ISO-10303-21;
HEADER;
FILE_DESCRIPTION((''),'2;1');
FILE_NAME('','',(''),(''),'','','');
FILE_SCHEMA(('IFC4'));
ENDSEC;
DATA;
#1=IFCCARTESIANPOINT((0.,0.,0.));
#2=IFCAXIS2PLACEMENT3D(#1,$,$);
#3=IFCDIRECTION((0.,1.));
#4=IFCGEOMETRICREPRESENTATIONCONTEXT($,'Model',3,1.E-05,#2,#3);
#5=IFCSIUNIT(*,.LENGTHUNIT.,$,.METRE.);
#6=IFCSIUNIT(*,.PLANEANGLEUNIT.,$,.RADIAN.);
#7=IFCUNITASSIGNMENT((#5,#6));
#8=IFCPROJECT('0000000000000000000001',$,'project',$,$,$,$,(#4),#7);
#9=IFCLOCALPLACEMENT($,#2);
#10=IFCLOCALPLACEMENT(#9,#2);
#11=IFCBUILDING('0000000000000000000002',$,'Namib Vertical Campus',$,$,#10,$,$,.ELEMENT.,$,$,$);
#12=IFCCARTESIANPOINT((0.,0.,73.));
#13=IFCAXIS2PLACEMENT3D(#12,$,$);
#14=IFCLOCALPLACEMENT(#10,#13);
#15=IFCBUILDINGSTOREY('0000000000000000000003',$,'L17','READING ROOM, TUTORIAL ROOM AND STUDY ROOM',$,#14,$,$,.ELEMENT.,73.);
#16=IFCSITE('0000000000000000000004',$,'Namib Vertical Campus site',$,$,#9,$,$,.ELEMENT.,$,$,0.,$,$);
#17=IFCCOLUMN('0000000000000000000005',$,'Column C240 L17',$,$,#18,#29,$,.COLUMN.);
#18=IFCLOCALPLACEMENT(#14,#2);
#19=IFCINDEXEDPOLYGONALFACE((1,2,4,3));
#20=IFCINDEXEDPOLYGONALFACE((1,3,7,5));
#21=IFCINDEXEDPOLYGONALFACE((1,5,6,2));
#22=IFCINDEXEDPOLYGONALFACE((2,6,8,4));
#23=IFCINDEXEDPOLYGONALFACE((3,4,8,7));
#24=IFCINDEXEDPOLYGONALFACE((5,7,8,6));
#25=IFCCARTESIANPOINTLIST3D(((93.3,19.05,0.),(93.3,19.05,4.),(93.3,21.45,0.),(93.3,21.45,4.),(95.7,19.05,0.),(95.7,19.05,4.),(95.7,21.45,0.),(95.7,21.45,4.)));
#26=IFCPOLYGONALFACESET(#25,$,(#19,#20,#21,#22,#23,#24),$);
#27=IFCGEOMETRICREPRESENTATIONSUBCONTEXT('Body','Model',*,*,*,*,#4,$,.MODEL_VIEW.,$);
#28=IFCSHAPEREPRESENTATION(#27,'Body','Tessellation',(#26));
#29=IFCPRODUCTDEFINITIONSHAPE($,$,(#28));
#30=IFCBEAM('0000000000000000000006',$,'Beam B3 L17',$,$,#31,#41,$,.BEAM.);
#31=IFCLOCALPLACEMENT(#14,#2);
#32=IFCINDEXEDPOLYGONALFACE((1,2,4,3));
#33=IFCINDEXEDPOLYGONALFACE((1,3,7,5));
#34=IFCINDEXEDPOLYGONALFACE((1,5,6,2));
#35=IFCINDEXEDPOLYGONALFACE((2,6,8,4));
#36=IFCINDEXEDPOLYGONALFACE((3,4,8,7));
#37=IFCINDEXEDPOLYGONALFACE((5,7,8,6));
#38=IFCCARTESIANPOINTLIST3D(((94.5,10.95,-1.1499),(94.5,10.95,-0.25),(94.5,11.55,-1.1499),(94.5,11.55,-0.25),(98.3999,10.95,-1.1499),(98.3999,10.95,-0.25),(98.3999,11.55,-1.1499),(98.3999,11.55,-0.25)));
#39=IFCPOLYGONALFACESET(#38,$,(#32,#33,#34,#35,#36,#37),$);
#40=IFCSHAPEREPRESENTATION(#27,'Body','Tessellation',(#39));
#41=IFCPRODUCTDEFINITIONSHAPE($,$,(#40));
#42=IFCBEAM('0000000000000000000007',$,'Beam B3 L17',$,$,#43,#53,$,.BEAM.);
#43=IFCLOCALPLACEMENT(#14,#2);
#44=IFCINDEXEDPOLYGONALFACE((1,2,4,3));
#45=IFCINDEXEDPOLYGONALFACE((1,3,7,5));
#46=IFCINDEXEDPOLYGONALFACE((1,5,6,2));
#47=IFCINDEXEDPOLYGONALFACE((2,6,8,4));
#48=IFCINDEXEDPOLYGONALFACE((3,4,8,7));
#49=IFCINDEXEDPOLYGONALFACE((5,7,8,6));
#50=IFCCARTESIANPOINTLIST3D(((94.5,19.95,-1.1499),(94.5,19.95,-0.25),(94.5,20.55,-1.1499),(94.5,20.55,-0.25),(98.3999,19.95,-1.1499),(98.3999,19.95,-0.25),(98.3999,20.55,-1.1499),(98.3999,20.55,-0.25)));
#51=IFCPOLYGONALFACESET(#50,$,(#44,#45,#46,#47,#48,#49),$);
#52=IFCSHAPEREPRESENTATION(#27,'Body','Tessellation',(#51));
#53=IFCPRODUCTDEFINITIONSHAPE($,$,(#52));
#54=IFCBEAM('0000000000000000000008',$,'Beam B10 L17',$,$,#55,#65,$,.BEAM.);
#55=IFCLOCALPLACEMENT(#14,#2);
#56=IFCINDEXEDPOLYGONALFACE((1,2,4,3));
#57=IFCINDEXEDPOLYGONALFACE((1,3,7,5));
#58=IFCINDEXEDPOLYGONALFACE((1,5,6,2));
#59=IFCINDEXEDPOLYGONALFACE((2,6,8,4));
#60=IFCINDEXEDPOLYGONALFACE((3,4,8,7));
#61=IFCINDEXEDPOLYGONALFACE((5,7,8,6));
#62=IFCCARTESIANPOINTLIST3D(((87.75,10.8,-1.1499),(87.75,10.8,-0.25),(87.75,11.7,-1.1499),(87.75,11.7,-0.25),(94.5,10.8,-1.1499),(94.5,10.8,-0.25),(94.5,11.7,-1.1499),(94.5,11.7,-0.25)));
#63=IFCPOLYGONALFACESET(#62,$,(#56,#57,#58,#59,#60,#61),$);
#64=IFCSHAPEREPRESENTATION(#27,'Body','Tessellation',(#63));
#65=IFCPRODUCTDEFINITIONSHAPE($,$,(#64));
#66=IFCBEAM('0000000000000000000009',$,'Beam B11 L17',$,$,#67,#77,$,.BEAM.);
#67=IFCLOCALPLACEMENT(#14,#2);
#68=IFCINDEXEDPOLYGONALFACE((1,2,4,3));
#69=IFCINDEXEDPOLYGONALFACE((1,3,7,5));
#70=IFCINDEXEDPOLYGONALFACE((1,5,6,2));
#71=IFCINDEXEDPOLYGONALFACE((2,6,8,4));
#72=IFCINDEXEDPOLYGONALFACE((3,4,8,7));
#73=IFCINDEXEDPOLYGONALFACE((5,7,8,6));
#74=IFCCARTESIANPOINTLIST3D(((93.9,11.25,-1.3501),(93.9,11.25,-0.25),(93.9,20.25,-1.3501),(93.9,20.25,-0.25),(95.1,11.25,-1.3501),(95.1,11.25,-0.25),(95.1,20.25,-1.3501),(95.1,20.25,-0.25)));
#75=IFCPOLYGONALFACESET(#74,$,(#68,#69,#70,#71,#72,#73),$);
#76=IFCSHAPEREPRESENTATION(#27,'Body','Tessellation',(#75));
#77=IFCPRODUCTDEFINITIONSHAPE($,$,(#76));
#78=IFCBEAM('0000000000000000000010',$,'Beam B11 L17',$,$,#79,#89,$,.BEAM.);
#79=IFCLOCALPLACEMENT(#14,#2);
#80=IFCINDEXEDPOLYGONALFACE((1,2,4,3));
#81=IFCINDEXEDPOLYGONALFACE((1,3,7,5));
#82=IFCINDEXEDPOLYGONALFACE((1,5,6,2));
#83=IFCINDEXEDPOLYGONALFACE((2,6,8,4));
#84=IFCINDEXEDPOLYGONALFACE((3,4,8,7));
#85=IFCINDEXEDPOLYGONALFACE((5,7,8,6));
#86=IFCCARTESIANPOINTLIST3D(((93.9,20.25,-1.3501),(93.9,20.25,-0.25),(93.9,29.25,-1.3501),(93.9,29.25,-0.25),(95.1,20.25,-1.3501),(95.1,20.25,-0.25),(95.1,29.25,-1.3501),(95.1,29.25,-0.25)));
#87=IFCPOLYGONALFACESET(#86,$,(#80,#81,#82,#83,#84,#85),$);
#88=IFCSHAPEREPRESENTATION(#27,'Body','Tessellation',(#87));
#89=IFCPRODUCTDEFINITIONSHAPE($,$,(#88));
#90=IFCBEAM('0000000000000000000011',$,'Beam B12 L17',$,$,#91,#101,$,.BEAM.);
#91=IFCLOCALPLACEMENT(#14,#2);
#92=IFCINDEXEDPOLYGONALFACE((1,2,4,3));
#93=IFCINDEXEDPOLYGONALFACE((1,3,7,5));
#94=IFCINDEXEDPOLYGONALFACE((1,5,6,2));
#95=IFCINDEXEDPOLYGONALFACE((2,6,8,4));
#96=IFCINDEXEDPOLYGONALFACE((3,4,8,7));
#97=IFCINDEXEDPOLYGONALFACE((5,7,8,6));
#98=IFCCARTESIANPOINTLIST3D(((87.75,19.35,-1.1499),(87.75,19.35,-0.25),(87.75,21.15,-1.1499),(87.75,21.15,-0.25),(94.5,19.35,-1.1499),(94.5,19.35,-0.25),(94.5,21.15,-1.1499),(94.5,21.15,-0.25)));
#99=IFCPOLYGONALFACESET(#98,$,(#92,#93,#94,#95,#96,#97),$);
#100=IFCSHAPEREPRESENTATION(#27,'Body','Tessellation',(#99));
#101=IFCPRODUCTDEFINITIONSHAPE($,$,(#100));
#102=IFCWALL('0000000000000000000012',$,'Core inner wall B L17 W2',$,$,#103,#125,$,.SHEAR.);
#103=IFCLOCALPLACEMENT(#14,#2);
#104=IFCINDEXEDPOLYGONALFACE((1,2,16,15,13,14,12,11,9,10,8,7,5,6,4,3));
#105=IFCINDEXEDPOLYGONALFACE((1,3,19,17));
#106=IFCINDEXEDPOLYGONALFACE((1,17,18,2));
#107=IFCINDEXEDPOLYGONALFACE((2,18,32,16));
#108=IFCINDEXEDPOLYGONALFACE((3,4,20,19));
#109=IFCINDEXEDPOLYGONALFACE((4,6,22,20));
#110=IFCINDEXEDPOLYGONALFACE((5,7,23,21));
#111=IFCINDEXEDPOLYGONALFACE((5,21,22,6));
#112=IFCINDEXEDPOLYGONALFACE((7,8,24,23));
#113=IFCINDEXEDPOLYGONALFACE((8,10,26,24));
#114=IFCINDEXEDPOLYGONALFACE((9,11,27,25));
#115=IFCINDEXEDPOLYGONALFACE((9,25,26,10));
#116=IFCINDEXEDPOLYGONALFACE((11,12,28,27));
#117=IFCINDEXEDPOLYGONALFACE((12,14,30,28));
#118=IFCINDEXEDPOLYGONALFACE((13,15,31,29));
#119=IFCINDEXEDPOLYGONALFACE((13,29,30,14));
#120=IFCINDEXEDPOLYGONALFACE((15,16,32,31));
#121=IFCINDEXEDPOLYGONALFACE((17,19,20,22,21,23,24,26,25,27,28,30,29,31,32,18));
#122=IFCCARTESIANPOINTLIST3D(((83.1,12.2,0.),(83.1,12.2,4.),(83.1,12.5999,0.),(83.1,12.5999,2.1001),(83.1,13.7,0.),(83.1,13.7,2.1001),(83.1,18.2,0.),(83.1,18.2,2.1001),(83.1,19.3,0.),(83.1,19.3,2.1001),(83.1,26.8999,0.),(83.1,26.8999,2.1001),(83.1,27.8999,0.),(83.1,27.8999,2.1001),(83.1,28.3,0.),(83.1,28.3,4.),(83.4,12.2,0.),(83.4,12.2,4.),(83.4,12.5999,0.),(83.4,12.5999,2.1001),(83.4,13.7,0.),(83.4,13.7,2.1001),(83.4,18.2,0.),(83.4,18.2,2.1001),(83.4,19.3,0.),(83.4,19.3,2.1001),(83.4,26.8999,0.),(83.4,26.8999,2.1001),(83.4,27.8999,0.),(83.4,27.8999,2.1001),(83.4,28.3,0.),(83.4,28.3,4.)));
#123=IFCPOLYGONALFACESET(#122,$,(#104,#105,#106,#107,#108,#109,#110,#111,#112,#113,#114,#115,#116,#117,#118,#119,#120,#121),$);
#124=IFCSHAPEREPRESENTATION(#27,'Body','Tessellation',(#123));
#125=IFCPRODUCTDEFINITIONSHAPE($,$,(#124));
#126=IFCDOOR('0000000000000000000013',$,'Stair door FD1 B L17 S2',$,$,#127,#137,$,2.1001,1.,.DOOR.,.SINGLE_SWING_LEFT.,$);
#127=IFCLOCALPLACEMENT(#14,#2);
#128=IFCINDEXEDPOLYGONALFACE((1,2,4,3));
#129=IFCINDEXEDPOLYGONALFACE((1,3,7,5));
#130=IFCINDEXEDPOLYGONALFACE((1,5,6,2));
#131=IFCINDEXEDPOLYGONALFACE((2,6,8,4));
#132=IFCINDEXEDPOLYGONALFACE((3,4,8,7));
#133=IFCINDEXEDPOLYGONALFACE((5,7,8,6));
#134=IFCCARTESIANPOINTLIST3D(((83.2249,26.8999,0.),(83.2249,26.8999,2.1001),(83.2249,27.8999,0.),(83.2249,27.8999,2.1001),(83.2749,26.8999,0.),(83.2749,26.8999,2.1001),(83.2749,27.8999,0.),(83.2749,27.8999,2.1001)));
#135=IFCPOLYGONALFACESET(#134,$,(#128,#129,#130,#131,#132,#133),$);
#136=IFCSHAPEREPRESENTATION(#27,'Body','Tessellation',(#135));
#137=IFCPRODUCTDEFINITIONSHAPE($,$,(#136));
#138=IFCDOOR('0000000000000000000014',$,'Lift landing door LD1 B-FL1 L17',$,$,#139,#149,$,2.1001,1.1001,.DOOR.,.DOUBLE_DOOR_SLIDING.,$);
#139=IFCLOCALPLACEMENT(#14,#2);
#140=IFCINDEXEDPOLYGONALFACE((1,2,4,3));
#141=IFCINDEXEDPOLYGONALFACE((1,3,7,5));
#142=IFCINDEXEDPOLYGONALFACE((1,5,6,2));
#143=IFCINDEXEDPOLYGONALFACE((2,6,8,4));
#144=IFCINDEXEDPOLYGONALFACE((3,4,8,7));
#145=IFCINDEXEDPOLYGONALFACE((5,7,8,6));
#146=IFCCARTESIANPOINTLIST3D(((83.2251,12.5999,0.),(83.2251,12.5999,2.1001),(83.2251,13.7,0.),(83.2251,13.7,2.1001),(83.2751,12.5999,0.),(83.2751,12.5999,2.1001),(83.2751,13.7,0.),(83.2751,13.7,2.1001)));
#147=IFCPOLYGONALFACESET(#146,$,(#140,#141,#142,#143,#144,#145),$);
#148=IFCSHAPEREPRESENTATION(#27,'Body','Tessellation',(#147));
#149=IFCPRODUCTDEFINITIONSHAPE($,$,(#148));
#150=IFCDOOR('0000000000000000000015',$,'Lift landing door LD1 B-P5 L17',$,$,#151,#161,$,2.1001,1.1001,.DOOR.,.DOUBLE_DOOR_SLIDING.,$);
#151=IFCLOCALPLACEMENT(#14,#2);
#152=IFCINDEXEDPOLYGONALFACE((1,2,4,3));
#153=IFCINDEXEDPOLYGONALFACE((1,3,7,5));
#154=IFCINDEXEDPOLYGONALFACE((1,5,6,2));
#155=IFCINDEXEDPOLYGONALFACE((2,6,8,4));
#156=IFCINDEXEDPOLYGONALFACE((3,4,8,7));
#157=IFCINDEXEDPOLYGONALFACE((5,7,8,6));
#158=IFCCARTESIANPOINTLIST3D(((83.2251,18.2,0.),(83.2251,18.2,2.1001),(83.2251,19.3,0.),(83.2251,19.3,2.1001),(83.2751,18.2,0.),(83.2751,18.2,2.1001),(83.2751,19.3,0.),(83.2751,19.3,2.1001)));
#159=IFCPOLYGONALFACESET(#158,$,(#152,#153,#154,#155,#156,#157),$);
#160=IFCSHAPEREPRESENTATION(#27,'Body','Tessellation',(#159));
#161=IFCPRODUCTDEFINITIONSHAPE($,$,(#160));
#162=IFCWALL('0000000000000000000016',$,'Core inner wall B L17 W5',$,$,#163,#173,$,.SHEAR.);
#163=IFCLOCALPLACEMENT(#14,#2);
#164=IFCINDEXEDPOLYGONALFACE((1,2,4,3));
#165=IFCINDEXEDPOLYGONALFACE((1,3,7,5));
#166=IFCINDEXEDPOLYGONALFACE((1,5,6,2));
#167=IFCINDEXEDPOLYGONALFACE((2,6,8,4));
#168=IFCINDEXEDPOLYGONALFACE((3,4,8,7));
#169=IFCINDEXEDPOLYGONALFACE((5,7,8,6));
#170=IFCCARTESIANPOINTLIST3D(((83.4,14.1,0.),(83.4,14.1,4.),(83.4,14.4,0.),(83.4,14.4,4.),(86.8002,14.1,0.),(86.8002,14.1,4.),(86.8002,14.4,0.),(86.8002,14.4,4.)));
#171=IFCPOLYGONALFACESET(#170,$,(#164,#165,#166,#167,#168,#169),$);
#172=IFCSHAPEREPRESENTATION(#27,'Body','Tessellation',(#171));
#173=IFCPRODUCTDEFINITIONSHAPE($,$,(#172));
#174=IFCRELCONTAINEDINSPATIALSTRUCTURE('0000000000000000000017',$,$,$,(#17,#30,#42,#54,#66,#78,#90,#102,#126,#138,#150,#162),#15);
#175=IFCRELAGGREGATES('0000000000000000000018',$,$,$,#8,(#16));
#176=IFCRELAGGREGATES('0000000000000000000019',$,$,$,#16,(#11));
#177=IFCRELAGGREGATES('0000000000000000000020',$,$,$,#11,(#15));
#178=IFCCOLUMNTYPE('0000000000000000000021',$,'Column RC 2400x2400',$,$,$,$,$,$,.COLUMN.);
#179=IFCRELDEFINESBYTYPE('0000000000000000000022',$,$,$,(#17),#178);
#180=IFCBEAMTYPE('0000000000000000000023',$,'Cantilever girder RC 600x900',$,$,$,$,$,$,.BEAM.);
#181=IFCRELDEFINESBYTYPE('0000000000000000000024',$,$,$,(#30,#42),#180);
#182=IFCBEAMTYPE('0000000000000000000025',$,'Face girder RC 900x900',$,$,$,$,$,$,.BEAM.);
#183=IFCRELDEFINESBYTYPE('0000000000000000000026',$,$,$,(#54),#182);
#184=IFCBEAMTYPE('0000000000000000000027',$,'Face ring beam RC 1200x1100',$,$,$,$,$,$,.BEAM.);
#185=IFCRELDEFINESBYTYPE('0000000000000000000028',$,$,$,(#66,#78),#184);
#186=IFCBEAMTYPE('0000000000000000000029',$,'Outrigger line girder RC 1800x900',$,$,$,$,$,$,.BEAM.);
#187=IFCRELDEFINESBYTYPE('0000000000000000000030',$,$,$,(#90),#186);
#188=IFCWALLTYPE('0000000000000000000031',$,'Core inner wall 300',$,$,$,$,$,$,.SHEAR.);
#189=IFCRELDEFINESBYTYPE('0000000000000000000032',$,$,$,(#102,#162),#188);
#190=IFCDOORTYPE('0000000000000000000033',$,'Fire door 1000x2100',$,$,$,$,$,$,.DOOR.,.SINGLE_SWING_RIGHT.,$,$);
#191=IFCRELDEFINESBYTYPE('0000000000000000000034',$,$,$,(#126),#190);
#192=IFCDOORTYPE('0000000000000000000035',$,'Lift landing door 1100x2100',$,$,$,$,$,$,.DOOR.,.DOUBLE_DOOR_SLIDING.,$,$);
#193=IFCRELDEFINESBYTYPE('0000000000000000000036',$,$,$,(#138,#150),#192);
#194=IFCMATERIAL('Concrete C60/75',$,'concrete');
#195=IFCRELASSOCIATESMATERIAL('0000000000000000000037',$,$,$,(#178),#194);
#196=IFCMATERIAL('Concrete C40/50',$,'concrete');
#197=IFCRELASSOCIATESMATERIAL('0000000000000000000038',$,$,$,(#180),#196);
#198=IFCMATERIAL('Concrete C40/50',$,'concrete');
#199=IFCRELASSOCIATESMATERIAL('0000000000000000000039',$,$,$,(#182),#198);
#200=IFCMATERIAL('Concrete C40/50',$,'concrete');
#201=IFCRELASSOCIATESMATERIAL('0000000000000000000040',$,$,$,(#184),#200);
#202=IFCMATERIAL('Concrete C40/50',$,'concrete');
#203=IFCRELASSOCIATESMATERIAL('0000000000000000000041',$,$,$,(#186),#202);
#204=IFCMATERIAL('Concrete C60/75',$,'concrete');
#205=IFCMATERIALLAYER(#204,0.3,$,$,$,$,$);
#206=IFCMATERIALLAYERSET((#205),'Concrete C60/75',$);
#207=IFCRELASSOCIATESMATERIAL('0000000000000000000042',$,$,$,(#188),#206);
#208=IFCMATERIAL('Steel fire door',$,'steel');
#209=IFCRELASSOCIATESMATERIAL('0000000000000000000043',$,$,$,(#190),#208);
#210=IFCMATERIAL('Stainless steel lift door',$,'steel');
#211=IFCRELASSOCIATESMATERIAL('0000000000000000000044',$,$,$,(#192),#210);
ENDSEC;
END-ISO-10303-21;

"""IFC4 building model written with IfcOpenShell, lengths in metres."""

from ifc_helpers import new_model, si_unit, direction, frame, frame_2d, origin, origin_2d, place, context, subcontext, project, spatial, rectangle, extrude, material, layer, layer_set, material_profile, profile_set, type_object, element, fill, save


model = new_model("IFC4")

# Units and contexts
model_context = context("Model", 3, precision=1e-05, world=origin(), true_north=direction((0.0, 1.0)))
body_context = subcontext(model_context, "Body", "Model", "MODEL_VIEW")
ifc_project = project(units=[si_unit("LENGTHUNIT", "METRE"), si_unit("PLANEANGLEUNIT", "RADIAN")], contexts=[model_context])

# Site, building, storey
site_placement = place(None, origin())
site = spatial("IfcSite", under=ifc_project, at=site_placement, Name="Namib Vertical Campus site", CompositionType="ELEMENT", RefElevation=0.0)
building_placement = place(site_placement, origin())
building = spatial("IfcBuilding", under=site, at=building_placement, Name="Namib Vertical Campus", CompositionType="ELEMENT")
storey_placement = place(building_placement, frame((0.0, 0.0, 73.0)))
storey = spatial("IfcBuildingStorey", under=building, at=storey_placement, Name="L17", Description="READING ROOM, TUTORIAL ROOM AND STUDY ROOM", CompositionType="ELEMENT", Elevation=73.0)

# Column
ifc_material_1 = material(Name="Concrete C60/75", Category="concrete")
ifc_material_profile_1 = material_profile(ifc_material_1, rectangle(XDim=2.3999, YDim=2.3999, at=origin_2d()))
ifc_profile_set_1 = profile_set([ifc_material_profile_1], Name="Concrete C60/75")
column_type = type_object("IfcColumnType", Name="Column RC 2400x2400", PredefinedType="COLUMN", material=ifc_profile_set_1)
column_placement = place(storey_placement, frame((94.5, 20.25, 0.0), z_axis=(0.0, 0.0, 1.0), x_axis=(1.0, 0.0, 0.0)))
element("IfcColumn", 1, at=column_placement, inside=storey, type_object=column_type, Name="Column C240 L17", PredefinedType="COLUMN", context=body_context, shape_type="SweptSolid", body=[
    extrude(rectangle(XDim=2.3999, YDim=2.3999, at=origin_2d()), origin(), (0.0, 0.0, 1.0), 4.0),
])

# Beams
ifc_material_2 = material(Name="Concrete C40/50", Category="concrete")
ifc_material_profile_2 = material_profile(ifc_material_2, rectangle(XDim=0.6001, YDim=0.8999, at=origin_2d()))
ifc_profile_set_2 = profile_set([ifc_material_profile_2], Name="Concrete C40/50")
beam_type_1 = type_object("IfcBeamType", Name="Cantilever girder RC 600x900", PredefinedType="BEAM", material=ifc_profile_set_2)
for number, where, z_axis, x_axis, name in (
    (2, (94.5, 11.25, -0.7), (1.0, 0.0, 0.0), (0.0, 1.0, 0.0), "Beam B3 L17"),
    (3, (94.5, 20.25, -0.7), (1.0, 0.0, 0.0), (0.0, 1.0, 0.0), "Beam B3 L17"),
):
    element("IfcBeam", number, at=place(storey_placement, frame(where, z_axis=z_axis, x_axis=x_axis)), inside=storey, type_object=beam_type_1, Name=name, PredefinedType="BEAM", context=body_context, shape_type="SweptSolid", body=[
        extrude(rectangle(XDim=0.6001, YDim=0.8999, at=origin_2d()), origin(), (0.0, 0.0, 1.0), 3.8999),
    ])
ifc_material_3 = material(Name="Concrete C40/50", Category="concrete")
ifc_material_profile_3 = material_profile(ifc_material_3, rectangle(XDim=0.8999, YDim=0.8999, at=origin_2d()))
ifc_profile_set_3 = profile_set([ifc_material_profile_3], Name="Concrete C40/50")
beam_type_2 = type_object("IfcBeamType", Name="Face girder RC 900x900", PredefinedType="BEAM", material=ifc_profile_set_3)
beam_1_placement = place(storey_placement, frame((94.5, 11.25, -0.7), z_axis=(-1.0, 0.0, 0.0), x_axis=(0.0, -1.0, 0.0)))
element("IfcBeam", 4, at=beam_1_placement, inside=storey, type_object=beam_type_2, Name="Beam B10 L17", PredefinedType="BEAM", context=body_context, shape_type="SweptSolid", body=[
    extrude(rectangle(XDim=0.8999, YDim=0.8999, at=origin_2d()), origin(), (0.0, 0.0, 1.0), 6.75),
])
ifc_material_4 = material(Name="Concrete C40/50", Category="concrete")
ifc_material_profile_4 = material_profile(ifc_material_4, rectangle(XDim=1.2, YDim=1.1001, at=origin_2d()))
ifc_profile_set_4 = profile_set([ifc_material_profile_4], Name="Concrete C40/50")
beam_type_3 = type_object("IfcBeamType", Name="Face ring beam RC 1200x1100", PredefinedType="BEAM", material=ifc_profile_set_4)
for number, where, z_axis, x_axis, name in (
    (5, (94.5, 11.25, -0.8), (0.0, 1.0, 0.0), (-1.0, 0.0, 0.0), "Beam B11 L17"),
    (6, (94.5, 20.25, -0.8), (0.0, 1.0, 0.0), (-1.0, 0.0, 0.0), "Beam B11 L17"),
):
    element("IfcBeam", number, at=place(storey_placement, frame(where, z_axis=z_axis, x_axis=x_axis)), inside=storey, type_object=beam_type_3, Name=name, PredefinedType="BEAM", context=body_context, shape_type="SweptSolid", body=[
        extrude(rectangle(XDim=1.2, YDim=1.1001, at=origin_2d()), origin(), (0.0, 0.0, 1.0), 9.0),
    ])
ifc_material_5 = material(Name="Concrete C40/50", Category="concrete")
ifc_material_profile_5 = material_profile(ifc_material_5, rectangle(XDim=1.8, YDim=0.8999, at=origin_2d()))
ifc_profile_set_5 = profile_set([ifc_material_profile_5], Name="Concrete C40/50")
beam_type_4 = type_object("IfcBeamType", Name="Outrigger line girder RC 1800x900", PredefinedType="BEAM", material=ifc_profile_set_5)
beam_2_placement = place(storey_placement, frame((94.5, 20.25, -0.7), z_axis=(-1.0, 0.0, 0.0), x_axis=(0.0, -1.0, 0.0)))
element("IfcBeam", 7, at=beam_2_placement, inside=storey, type_object=beam_type_4, Name="Beam B12 L17", PredefinedType="BEAM", context=body_context, shape_type="SweptSolid", body=[
    extrude(rectangle(XDim=1.8, YDim=0.8999, at=origin_2d()), origin(), (0.0, 0.0, 1.0), 6.75),
])

# Wall, openings, doors
ifc_material_6 = material(Name="Concrete C60/75", Category="concrete")
ifc_layer_1 = layer(ifc_material_6, 0.3)
ifc_layer_set_1 = layer_set([ifc_layer_1], Name="Concrete C60/75")
wall_type_1 = type_object("IfcWallType", Name="Core inner wall 300", PredefinedType="SHEAR", material=ifc_layer_set_1)
wall_1_placement = place(storey_placement, frame((83.25, 12.2, 0.0), z_axis=(0.0, 0.0, 1.0), x_axis=(0.0, 1.0, 0.0)))
wall_1 = element("IfcWall", 8, at=wall_1_placement, inside=storey, type_object=wall_type_1, Name="Core inner wall B L17 W2", PredefinedType="SHEAR", context=body_context, shape_type="SweptSolid", body=[
    extrude(rectangle(XDim=16.1001, YDim=0.3, at=frame_2d((8.05, 0.0))), origin(), (0.0, 0.0, 1.0), 4.0),
])
opening_1_placement = place(wall_1_placement, frame((14.7, 0.0, 0.0)))
opening_1 = element("IfcOpeningElement", 9, at=opening_1_placement, cuts=wall_1, PredefinedType="OPENING", context=body_context, shape_type="SweptSolid", body=[
    extrude(rectangle(XDim=1.0, YDim=2.1001, at=frame_2d((0.5, 1.05))), frame((0.0, 0.1599, 0.0), z_axis=(0.0, -1.0, 0.0), x_axis=(1.0, 0.0, 0.0)), (0.0, 0.0, 1.0), 0.3201),
])
opening_2_placement = place(wall_1_placement, frame((0.3999, 0.0, 0.0)))
opening_2 = element("IfcOpeningElement", 10, at=opening_2_placement, cuts=wall_1, PredefinedType="OPENING", context=body_context, shape_type="SweptSolid", body=[
    extrude(rectangle(XDim=1.1001, YDim=2.1001, at=frame_2d((0.55, 1.05))), frame((0.0, 0.1599, 0.0), z_axis=(0.0, -1.0, 0.0), x_axis=(1.0, 0.0, 0.0)), (0.0, 0.0, 1.0), 0.3201),
])
opening_3_placement = place(wall_1_placement, frame((6.0, 0.0, 0.0)))
opening_3 = element("IfcOpeningElement", 11, at=opening_3_placement, cuts=wall_1, PredefinedType="OPENING", context=body_context, shape_type="SweptSolid", body=[
    extrude(rectangle(XDim=1.1001, YDim=2.1001, at=frame_2d((0.55, 1.05))), frame((0.0, 0.1599, 0.0), z_axis=(0.0, -1.0, 0.0), x_axis=(1.0, 0.0, 0.0)), (0.0, 0.0, 1.0), 0.3201),
])
ifc_material_7 = material(Name="Steel fire door", Category="steel")
door_type_1 = type_object("IfcDoorType", Name="Fire door 1000x2100", OperationType="SINGLE_SWING_RIGHT", PredefinedType="DOOR", material=ifc_material_7)
door_1_placement = place(opening_1_placement, frame((1.0, 0.0, 0.0), z_axis=(0.0, 0.0, 1.0), x_axis=(-1.0, 0.0, 0.0)))
door_1 = element("IfcDoor", 12, at=door_1_placement, inside=storey, type_object=door_type_1, Name="Stair door FD1 B L17 S2", OperationType="SINGLE_SWING_LEFT", OverallHeight=2.1001, OverallWidth=1.0, PredefinedType="DOOR", context=body_context, shape_type="SweptSolid", body=[
    extrude(rectangle(XDim=1.0, YDim=2.1001, at=frame_2d((0.5, 1.05))), frame((0.0, 0.0249, 0.0), z_axis=(0.0, -1.0, 0.0), x_axis=(1.0, 0.0, 0.0)), (0.0, 0.0, 1.0), 0.05),
])
fill(opening_1, door_1)
ifc_material_8 = material(Name="Stainless steel lift door", Category="steel")
door_type_2 = type_object("IfcDoorType", Name="Lift landing door 1100x2100", OperationType="DOUBLE_DOOR_SLIDING", PredefinedType="DOOR", material=ifc_material_8)
door_2_placement = place(opening_2_placement, origin())
door_2 = element("IfcDoor", 13, at=door_2_placement, inside=storey, type_object=door_type_2, Name="Lift landing door LD1 B-FL1 L17", OperationType="DOUBLE_DOOR_SLIDING", OverallHeight=2.1001, OverallWidth=1.1001, PredefinedType="DOOR", context=body_context, shape_type="SweptSolid", body=[
    extrude(rectangle(XDim=1.1001, YDim=2.1001, at=frame_2d((0.55, 1.05))), frame((0.0, 0.0249, 0.0), z_axis=(0.0, -1.0, 0.0), x_axis=(1.0, 0.0, 0.0)), (0.0, 0.0, 1.0), 0.05),
])
fill(opening_2, door_2)
door_3_placement = place(opening_3_placement, origin())
door_3 = element("IfcDoor", 14, at=door_3_placement, inside=storey, type_object=door_type_2, Name="Lift landing door LD1 B-P5 L17", OperationType="DOUBLE_DOOR_SLIDING", OverallHeight=2.1001, OverallWidth=1.1001, PredefinedType="DOOR", context=body_context, shape_type="SweptSolid", body=[
    extrude(rectangle(XDim=1.1001, YDim=2.1001, at=frame_2d((0.55, 1.05))), frame((0.0, 0.0249, 0.0), z_axis=(0.0, -1.0, 0.0), x_axis=(1.0, 0.0, 0.0)), (0.0, 0.0, 1.0), 0.05),
])
fill(opening_3, door_3)

# Wall
for number, where, z_axis, x_axis, name in (
    (15, (83.3999, 14.25, 0.0), (0.0, 0.0, 1.0), (1.0, 0.0, 0.0), "Core inner wall B L17 W5"),
):
    element("IfcWall", number, at=place(storey_placement, frame(where, z_axis=z_axis, x_axis=x_axis)), inside=storey, type_object=wall_type_1, Name=name, PredefinedType="SHEAR", context=body_context, shape_type="SweptSolid", body=[
        extrude(rectangle(XDim=3.4001, YDim=0.3, at=frame_2d((1.7002, 0.0))), origin(), (0.0, 0.0, 1.0), 4.0),
    ])

save(model, "model.ifc")
